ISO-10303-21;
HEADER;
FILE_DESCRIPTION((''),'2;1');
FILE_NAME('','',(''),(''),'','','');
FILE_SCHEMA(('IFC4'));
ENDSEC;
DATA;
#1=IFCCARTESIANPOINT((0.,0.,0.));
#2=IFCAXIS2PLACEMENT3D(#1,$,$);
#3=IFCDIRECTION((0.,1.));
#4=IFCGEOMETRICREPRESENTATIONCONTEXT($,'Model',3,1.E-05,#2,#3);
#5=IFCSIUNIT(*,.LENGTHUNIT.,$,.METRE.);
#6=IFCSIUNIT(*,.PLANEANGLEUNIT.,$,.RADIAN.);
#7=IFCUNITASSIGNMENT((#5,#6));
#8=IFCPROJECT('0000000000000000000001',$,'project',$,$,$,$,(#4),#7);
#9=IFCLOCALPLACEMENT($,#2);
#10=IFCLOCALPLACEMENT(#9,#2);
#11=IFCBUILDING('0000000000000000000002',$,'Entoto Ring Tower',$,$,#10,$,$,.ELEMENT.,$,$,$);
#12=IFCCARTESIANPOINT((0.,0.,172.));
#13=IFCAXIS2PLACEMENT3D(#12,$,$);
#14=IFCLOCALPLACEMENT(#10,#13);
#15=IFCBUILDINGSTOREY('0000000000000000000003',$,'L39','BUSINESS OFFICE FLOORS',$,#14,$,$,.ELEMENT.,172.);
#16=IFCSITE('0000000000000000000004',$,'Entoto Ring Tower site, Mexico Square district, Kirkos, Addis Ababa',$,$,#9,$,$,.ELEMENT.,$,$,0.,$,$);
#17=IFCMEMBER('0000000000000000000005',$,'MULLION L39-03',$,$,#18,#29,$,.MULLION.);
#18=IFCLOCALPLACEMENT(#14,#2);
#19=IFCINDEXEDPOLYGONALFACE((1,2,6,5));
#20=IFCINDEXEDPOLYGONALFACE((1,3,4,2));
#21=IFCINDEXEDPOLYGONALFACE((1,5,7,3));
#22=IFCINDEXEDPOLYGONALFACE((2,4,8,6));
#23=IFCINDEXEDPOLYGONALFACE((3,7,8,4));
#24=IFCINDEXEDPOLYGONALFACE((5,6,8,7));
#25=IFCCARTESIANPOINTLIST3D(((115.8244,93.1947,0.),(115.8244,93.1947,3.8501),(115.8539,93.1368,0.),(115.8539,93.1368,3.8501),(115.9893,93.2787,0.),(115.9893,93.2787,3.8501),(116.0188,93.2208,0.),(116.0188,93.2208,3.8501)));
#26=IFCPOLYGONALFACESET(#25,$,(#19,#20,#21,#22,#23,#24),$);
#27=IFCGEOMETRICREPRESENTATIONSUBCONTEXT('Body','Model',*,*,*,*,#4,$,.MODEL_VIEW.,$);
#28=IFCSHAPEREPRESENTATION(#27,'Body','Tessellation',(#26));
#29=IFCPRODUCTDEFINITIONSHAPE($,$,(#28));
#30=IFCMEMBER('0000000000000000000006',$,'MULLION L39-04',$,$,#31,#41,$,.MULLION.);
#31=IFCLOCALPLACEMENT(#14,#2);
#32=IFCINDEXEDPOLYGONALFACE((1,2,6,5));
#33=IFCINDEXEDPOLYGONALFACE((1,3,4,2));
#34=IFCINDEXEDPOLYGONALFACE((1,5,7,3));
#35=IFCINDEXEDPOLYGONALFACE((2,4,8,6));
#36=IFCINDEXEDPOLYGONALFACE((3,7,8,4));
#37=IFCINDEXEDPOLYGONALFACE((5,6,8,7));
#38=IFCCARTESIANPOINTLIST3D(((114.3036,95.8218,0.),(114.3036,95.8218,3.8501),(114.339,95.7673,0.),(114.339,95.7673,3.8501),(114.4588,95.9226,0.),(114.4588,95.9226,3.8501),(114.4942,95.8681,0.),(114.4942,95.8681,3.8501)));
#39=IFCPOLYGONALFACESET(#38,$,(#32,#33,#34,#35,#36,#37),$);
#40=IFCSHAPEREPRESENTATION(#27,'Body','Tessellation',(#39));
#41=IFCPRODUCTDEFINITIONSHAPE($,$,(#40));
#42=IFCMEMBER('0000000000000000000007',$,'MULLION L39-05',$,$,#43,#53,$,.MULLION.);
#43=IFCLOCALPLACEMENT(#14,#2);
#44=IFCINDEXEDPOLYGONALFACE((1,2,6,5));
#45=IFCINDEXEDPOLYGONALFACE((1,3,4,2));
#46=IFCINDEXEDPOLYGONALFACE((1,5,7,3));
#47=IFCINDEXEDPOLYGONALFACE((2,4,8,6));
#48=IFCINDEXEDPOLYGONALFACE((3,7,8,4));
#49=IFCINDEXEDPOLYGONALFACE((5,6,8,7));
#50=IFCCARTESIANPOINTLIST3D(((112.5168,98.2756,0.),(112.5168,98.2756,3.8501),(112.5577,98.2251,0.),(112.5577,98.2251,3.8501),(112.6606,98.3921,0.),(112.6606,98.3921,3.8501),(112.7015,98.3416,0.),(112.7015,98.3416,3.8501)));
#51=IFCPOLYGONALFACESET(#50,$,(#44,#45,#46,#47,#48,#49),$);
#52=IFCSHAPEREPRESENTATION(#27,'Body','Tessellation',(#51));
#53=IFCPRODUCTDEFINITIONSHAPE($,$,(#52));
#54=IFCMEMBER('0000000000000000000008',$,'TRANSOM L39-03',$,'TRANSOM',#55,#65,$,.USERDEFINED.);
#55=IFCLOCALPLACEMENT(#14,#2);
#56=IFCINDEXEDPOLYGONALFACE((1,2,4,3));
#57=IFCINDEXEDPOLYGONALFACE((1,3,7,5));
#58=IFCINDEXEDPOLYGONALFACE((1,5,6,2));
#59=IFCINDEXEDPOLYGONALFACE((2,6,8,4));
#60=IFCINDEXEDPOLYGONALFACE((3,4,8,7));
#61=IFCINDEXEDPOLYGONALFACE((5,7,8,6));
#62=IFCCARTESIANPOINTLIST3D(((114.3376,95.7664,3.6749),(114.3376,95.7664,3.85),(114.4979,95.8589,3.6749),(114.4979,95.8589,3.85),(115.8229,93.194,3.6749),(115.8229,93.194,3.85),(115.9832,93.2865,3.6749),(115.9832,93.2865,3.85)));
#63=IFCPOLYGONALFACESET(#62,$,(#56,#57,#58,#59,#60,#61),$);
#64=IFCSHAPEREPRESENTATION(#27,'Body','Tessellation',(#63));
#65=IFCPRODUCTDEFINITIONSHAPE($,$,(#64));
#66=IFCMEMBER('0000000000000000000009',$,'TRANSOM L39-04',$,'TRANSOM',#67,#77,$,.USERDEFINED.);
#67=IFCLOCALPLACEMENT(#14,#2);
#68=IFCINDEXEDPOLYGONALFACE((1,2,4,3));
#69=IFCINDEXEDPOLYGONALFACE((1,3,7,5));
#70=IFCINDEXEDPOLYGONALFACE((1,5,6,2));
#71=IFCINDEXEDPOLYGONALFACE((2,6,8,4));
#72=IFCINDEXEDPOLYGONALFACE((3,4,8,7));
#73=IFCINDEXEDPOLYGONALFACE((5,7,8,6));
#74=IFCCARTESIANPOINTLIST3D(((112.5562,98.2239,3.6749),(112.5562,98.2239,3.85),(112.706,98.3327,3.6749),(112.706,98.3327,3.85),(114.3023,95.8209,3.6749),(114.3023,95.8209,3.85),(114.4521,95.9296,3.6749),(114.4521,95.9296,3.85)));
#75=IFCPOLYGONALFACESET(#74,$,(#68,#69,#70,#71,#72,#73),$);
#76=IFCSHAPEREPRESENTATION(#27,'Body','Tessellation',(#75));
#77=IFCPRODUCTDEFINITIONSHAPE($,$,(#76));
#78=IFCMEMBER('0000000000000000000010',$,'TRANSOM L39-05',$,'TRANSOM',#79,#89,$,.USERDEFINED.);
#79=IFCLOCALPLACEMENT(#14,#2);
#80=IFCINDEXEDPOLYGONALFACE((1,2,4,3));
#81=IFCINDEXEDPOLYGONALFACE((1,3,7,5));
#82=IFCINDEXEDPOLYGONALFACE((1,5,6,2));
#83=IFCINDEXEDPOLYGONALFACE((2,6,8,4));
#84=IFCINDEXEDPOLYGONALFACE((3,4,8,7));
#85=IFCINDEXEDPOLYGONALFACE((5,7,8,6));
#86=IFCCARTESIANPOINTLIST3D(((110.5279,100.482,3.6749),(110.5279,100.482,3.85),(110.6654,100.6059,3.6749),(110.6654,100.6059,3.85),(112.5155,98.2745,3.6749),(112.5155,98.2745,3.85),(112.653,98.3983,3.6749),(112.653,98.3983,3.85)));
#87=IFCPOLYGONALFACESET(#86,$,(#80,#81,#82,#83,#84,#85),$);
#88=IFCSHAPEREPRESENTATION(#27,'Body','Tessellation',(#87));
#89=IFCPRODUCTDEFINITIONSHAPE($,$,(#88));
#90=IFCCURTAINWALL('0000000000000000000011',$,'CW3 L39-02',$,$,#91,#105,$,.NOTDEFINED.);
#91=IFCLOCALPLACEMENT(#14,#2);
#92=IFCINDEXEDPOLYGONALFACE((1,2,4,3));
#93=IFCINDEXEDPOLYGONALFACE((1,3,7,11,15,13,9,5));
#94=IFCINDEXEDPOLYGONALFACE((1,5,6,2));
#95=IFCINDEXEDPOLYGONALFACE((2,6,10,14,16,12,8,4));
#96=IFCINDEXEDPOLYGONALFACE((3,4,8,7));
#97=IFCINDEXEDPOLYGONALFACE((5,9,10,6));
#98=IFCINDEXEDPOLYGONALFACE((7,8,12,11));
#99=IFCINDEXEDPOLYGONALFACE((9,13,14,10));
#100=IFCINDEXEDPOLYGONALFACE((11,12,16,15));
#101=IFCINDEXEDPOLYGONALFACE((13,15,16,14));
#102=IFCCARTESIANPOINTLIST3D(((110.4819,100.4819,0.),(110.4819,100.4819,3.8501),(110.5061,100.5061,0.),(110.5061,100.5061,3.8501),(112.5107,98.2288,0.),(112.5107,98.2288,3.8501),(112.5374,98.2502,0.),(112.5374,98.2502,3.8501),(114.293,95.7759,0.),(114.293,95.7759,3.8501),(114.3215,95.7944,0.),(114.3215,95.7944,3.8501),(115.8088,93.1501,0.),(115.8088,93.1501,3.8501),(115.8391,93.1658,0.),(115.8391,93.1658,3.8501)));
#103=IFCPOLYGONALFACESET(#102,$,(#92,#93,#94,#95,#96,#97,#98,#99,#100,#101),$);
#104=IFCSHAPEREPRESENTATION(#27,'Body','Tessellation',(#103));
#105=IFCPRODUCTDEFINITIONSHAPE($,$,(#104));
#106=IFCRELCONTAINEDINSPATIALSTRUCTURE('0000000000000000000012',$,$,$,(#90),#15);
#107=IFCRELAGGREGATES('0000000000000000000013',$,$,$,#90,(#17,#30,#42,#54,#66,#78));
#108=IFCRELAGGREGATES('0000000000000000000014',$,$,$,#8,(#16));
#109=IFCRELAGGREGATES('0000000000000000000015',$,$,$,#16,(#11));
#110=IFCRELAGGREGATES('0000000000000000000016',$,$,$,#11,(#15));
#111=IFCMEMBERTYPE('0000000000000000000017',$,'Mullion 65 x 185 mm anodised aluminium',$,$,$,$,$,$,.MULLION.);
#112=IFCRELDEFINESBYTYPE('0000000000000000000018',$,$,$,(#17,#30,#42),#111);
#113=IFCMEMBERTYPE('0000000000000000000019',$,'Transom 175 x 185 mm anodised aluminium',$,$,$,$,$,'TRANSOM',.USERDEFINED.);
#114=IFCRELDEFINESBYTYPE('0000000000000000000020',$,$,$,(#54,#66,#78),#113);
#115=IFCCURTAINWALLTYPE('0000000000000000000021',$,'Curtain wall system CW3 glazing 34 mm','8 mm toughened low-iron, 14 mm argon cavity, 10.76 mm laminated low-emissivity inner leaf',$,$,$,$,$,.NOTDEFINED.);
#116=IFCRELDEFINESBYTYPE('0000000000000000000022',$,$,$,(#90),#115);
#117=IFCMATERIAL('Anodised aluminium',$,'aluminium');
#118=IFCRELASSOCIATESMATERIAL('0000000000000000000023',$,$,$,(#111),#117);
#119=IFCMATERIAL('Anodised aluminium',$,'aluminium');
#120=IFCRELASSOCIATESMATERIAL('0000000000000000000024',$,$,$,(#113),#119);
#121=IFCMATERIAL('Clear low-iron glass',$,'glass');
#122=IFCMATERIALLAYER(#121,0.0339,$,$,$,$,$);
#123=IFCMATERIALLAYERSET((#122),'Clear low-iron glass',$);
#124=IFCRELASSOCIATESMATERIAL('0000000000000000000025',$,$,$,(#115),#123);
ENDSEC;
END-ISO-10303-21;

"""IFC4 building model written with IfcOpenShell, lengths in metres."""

from ifc_helpers import new_model, si_unit, direction, frame, origin, origin_2d, place, context, subcontext, project, spatial, polyline, rectangle, outline, extrude, material, layer, layer_set, material_profile, profile_set, type_object, element, aggregate, save


model = new_model("IFC4")

# Units and contexts
model_context = context("Model", 3, precision=1e-05, world=origin(), true_north=direction((0.0, 1.0)))
body_context = subcontext(model_context, "Body", "Model", "MODEL_VIEW")
ifc_project = project(units=[si_unit("LENGTHUNIT", "METRE"), si_unit("PLANEANGLEUNIT", "RADIAN")], contexts=[model_context])

# Members
ifc_material_1 = material(Name="Anodised aluminium", Category="aluminium")
ifc_material_profile_1 = material_profile(ifc_material_1, rectangle(XDim=0.0649, YDim=0.1851, at=origin_2d()), Name="Mullion 65 x 185 mm anodised aluminium")
ifc_profile_set_1 = profile_set([ifc_material_profile_1], Name="Anodised aluminium")
member_type_1 = type_object("IfcMemberType", Name="Mullion 65 x 185 mm anodised aluminium", PredefinedType="MULLION", material=ifc_profile_set_1)
site_placement = place(None, origin())
building_placement = place(site_placement, origin())
storey_placement = place(building_placement, frame((0.0, 0.0, 172.0)))
member_1_placement = place(storey_placement, frame((115.9216, 93.2078, 0.0), z_axis=(0.0, 0.0, 1.0), x_axis=(-0.45399, 0.891007, 0.0)))
member_1 = element("IfcMember", 1, at=member_1_placement, type_object=member_type_1, Name="MULLION L39-03", PredefinedType="MULLION", context=body_context, shape_type="SweptSolid", body=[
    extrude(rectangle(XDim=0.0649, YDim=0.1851, at=origin_2d()), origin(), (0.0, 0.0, 1.0), 3.8501),
])
member_2_placement = place(storey_placement, frame((114.3989, 95.845, 0.0), z_axis=(0.0, 0.0, 1.0), x_axis=(-0.544639, 0.838671, 0.0)))
member_2 = element("IfcMember", 2, at=member_2_placement, type_object=member_type_1, Name="MULLION L39-04", PredefinedType="MULLION", context=body_context, shape_type="SweptSolid", body=[
    extrude(rectangle(XDim=0.0649, YDim=0.1851, at=origin_2d()), origin(), (0.0, 0.0, 1.0), 3.8501),
])
member_3_placement = place(storey_placement, frame((112.6091, 98.3086, 0.0), z_axis=(0.0, 0.0, 1.0), x_axis=(-0.62932, 0.777146, 0.0)))
member_3 = element("IfcMember", 3, at=member_3_placement, type_object=member_type_1, Name="MULLION L39-05", PredefinedType="MULLION", context=body_context, shape_type="SweptSolid", body=[
    extrude(rectangle(XDim=0.0649, YDim=0.1851, at=origin_2d()), origin(), (0.0, 0.0, 1.0), 3.8501),
])
ifc_material_2 = material(Name="Anodised aluminium", Category="aluminium")
ifc_material_profile_2 = material_profile(ifc_material_2, rectangle(XDim=0.1851, YDim=0.175, at=origin_2d()), Name="Transom 175 x 185 mm anodised aluminium")
ifc_profile_set_2 = profile_set([ifc_material_profile_2], Name="Anodised aluminium")
member_type_2 = type_object("IfcMemberType", Name="Transom 175 x 185 mm anodised aluminium", ElementType="TRANSOM", PredefinedType="USERDEFINED", material=ifc_profile_set_2)
member_4_placement = place(storey_placement, frame((115.9031, 93.2402, 3.7625), z_axis=(-0.500028, 0.866009, 0.0), x_axis=(-0.866009, -0.500028, 0.0)))
member_4 = element("IfcMember", 4, at=member_4_placement, type_object=member_type_2, Name="TRANSOM L39-03", ObjectType="TRANSOM", PredefinedType="USERDEFINED", context=body_context, shape_type="SweptSolid", body=[
    extrude(rectangle(XDim=0.1851, YDim=0.175, at=origin_2d()), origin(), (0.0, 0.0, 1.0), 2.9705),
])
member_5_placement = place(storey_placement, frame((114.3772, 95.8752, 3.7625), z_axis=(-0.58782, 0.808992, 0.0), x_axis=(-0.808992, -0.58782, 0.0)))
member_5 = element("IfcMember", 5, at=member_5_placement, type_object=member_type_2, Name="TRANSOM L39-04", ObjectType="TRANSOM", PredefinedType="USERDEFINED", context=body_context, shape_type="SweptSolid", body=[
    extrude(rectangle(XDim=0.1851, YDim=0.175, at=origin_2d()), origin(), (0.0, 0.0, 1.0), 2.9705),
])
member_6_placement = place(storey_placement, frame((112.5842, 98.3364, 3.7625), z_axis=(-0.66911, 0.743163, 0.0), x_axis=(-0.743163, -0.66911, 0.0)))
member_6 = element("IfcMember", 6, at=member_6_placement, type_object=member_type_2, Name="TRANSOM L39-05", ObjectType="TRANSOM", PredefinedType="USERDEFINED", context=body_context, shape_type="SweptSolid", body=[
    extrude(rectangle(XDim=0.1851, YDim=0.175, at=origin_2d()), origin(), (0.0, 0.0, 1.0), 2.9705),
])

# Site, building, storey
site = spatial("IfcSite", under=ifc_project, at=site_placement, Name="Entoto Ring Tower site, Mexico Square district, Kirkos, Addis Ababa", CompositionType="ELEMENT", RefElevation=0.0)
building = spatial("IfcBuilding", under=site, at=building_placement, Name="Entoto Ring Tower", CompositionType="ELEMENT")
storey = spatial("IfcBuildingStorey", under=building, at=storey_placement, Name="L39", Description="BUSINESS OFFICE FLOORS", CompositionType="ELEMENT", Elevation=172.0)

# Curtain wall
ifc_material_3 = material(Name="Clear low-iron glass", Category="glass")
ifc_layer_1 = layer(ifc_material_3, 0.0339)
ifc_layer_set_1 = layer_set([ifc_layer_1], Name="Clear low-iron glass")
curtain_wall_type = type_object("IfcCurtainWallType", Name="Curtain wall system CW3 glazing 34 mm", Description="8 mm toughened low-iron, 14 mm argon cavity, 10.76 mm laminated low-emissivity inner leaf", PredefinedType="NOTDEFINED", material=ifc_layer_set_1)
curtain_wall_1_placement = place(storey_placement, origin())
curtain_wall_1 = element("IfcCurtainWall", 7, at=curtain_wall_1_placement, inside=storey, type_object=curtain_wall_type, Name="CW3 L39-02", PredefinedType="NOTDEFINED", context=body_context, shape_type="SweptSolid", body=[
    extrude(outline(polyline([(115.8391, 93.1658), (114.3215, 95.7944), (112.5374, 98.2502), (110.5061, 100.5061), (110.4819, 100.4819), (112.5107, 98.2288), (114.293, 95.7759), (115.8088, 93.1501), (115.8391, 93.1658)])), origin(), (0.0, 0.0, 1.0), 3.8501),
])
aggregate(curtain_wall_1, [member_1, member_2, member_3, member_4, member_5, member_6])

save(model, "model.ifc")
